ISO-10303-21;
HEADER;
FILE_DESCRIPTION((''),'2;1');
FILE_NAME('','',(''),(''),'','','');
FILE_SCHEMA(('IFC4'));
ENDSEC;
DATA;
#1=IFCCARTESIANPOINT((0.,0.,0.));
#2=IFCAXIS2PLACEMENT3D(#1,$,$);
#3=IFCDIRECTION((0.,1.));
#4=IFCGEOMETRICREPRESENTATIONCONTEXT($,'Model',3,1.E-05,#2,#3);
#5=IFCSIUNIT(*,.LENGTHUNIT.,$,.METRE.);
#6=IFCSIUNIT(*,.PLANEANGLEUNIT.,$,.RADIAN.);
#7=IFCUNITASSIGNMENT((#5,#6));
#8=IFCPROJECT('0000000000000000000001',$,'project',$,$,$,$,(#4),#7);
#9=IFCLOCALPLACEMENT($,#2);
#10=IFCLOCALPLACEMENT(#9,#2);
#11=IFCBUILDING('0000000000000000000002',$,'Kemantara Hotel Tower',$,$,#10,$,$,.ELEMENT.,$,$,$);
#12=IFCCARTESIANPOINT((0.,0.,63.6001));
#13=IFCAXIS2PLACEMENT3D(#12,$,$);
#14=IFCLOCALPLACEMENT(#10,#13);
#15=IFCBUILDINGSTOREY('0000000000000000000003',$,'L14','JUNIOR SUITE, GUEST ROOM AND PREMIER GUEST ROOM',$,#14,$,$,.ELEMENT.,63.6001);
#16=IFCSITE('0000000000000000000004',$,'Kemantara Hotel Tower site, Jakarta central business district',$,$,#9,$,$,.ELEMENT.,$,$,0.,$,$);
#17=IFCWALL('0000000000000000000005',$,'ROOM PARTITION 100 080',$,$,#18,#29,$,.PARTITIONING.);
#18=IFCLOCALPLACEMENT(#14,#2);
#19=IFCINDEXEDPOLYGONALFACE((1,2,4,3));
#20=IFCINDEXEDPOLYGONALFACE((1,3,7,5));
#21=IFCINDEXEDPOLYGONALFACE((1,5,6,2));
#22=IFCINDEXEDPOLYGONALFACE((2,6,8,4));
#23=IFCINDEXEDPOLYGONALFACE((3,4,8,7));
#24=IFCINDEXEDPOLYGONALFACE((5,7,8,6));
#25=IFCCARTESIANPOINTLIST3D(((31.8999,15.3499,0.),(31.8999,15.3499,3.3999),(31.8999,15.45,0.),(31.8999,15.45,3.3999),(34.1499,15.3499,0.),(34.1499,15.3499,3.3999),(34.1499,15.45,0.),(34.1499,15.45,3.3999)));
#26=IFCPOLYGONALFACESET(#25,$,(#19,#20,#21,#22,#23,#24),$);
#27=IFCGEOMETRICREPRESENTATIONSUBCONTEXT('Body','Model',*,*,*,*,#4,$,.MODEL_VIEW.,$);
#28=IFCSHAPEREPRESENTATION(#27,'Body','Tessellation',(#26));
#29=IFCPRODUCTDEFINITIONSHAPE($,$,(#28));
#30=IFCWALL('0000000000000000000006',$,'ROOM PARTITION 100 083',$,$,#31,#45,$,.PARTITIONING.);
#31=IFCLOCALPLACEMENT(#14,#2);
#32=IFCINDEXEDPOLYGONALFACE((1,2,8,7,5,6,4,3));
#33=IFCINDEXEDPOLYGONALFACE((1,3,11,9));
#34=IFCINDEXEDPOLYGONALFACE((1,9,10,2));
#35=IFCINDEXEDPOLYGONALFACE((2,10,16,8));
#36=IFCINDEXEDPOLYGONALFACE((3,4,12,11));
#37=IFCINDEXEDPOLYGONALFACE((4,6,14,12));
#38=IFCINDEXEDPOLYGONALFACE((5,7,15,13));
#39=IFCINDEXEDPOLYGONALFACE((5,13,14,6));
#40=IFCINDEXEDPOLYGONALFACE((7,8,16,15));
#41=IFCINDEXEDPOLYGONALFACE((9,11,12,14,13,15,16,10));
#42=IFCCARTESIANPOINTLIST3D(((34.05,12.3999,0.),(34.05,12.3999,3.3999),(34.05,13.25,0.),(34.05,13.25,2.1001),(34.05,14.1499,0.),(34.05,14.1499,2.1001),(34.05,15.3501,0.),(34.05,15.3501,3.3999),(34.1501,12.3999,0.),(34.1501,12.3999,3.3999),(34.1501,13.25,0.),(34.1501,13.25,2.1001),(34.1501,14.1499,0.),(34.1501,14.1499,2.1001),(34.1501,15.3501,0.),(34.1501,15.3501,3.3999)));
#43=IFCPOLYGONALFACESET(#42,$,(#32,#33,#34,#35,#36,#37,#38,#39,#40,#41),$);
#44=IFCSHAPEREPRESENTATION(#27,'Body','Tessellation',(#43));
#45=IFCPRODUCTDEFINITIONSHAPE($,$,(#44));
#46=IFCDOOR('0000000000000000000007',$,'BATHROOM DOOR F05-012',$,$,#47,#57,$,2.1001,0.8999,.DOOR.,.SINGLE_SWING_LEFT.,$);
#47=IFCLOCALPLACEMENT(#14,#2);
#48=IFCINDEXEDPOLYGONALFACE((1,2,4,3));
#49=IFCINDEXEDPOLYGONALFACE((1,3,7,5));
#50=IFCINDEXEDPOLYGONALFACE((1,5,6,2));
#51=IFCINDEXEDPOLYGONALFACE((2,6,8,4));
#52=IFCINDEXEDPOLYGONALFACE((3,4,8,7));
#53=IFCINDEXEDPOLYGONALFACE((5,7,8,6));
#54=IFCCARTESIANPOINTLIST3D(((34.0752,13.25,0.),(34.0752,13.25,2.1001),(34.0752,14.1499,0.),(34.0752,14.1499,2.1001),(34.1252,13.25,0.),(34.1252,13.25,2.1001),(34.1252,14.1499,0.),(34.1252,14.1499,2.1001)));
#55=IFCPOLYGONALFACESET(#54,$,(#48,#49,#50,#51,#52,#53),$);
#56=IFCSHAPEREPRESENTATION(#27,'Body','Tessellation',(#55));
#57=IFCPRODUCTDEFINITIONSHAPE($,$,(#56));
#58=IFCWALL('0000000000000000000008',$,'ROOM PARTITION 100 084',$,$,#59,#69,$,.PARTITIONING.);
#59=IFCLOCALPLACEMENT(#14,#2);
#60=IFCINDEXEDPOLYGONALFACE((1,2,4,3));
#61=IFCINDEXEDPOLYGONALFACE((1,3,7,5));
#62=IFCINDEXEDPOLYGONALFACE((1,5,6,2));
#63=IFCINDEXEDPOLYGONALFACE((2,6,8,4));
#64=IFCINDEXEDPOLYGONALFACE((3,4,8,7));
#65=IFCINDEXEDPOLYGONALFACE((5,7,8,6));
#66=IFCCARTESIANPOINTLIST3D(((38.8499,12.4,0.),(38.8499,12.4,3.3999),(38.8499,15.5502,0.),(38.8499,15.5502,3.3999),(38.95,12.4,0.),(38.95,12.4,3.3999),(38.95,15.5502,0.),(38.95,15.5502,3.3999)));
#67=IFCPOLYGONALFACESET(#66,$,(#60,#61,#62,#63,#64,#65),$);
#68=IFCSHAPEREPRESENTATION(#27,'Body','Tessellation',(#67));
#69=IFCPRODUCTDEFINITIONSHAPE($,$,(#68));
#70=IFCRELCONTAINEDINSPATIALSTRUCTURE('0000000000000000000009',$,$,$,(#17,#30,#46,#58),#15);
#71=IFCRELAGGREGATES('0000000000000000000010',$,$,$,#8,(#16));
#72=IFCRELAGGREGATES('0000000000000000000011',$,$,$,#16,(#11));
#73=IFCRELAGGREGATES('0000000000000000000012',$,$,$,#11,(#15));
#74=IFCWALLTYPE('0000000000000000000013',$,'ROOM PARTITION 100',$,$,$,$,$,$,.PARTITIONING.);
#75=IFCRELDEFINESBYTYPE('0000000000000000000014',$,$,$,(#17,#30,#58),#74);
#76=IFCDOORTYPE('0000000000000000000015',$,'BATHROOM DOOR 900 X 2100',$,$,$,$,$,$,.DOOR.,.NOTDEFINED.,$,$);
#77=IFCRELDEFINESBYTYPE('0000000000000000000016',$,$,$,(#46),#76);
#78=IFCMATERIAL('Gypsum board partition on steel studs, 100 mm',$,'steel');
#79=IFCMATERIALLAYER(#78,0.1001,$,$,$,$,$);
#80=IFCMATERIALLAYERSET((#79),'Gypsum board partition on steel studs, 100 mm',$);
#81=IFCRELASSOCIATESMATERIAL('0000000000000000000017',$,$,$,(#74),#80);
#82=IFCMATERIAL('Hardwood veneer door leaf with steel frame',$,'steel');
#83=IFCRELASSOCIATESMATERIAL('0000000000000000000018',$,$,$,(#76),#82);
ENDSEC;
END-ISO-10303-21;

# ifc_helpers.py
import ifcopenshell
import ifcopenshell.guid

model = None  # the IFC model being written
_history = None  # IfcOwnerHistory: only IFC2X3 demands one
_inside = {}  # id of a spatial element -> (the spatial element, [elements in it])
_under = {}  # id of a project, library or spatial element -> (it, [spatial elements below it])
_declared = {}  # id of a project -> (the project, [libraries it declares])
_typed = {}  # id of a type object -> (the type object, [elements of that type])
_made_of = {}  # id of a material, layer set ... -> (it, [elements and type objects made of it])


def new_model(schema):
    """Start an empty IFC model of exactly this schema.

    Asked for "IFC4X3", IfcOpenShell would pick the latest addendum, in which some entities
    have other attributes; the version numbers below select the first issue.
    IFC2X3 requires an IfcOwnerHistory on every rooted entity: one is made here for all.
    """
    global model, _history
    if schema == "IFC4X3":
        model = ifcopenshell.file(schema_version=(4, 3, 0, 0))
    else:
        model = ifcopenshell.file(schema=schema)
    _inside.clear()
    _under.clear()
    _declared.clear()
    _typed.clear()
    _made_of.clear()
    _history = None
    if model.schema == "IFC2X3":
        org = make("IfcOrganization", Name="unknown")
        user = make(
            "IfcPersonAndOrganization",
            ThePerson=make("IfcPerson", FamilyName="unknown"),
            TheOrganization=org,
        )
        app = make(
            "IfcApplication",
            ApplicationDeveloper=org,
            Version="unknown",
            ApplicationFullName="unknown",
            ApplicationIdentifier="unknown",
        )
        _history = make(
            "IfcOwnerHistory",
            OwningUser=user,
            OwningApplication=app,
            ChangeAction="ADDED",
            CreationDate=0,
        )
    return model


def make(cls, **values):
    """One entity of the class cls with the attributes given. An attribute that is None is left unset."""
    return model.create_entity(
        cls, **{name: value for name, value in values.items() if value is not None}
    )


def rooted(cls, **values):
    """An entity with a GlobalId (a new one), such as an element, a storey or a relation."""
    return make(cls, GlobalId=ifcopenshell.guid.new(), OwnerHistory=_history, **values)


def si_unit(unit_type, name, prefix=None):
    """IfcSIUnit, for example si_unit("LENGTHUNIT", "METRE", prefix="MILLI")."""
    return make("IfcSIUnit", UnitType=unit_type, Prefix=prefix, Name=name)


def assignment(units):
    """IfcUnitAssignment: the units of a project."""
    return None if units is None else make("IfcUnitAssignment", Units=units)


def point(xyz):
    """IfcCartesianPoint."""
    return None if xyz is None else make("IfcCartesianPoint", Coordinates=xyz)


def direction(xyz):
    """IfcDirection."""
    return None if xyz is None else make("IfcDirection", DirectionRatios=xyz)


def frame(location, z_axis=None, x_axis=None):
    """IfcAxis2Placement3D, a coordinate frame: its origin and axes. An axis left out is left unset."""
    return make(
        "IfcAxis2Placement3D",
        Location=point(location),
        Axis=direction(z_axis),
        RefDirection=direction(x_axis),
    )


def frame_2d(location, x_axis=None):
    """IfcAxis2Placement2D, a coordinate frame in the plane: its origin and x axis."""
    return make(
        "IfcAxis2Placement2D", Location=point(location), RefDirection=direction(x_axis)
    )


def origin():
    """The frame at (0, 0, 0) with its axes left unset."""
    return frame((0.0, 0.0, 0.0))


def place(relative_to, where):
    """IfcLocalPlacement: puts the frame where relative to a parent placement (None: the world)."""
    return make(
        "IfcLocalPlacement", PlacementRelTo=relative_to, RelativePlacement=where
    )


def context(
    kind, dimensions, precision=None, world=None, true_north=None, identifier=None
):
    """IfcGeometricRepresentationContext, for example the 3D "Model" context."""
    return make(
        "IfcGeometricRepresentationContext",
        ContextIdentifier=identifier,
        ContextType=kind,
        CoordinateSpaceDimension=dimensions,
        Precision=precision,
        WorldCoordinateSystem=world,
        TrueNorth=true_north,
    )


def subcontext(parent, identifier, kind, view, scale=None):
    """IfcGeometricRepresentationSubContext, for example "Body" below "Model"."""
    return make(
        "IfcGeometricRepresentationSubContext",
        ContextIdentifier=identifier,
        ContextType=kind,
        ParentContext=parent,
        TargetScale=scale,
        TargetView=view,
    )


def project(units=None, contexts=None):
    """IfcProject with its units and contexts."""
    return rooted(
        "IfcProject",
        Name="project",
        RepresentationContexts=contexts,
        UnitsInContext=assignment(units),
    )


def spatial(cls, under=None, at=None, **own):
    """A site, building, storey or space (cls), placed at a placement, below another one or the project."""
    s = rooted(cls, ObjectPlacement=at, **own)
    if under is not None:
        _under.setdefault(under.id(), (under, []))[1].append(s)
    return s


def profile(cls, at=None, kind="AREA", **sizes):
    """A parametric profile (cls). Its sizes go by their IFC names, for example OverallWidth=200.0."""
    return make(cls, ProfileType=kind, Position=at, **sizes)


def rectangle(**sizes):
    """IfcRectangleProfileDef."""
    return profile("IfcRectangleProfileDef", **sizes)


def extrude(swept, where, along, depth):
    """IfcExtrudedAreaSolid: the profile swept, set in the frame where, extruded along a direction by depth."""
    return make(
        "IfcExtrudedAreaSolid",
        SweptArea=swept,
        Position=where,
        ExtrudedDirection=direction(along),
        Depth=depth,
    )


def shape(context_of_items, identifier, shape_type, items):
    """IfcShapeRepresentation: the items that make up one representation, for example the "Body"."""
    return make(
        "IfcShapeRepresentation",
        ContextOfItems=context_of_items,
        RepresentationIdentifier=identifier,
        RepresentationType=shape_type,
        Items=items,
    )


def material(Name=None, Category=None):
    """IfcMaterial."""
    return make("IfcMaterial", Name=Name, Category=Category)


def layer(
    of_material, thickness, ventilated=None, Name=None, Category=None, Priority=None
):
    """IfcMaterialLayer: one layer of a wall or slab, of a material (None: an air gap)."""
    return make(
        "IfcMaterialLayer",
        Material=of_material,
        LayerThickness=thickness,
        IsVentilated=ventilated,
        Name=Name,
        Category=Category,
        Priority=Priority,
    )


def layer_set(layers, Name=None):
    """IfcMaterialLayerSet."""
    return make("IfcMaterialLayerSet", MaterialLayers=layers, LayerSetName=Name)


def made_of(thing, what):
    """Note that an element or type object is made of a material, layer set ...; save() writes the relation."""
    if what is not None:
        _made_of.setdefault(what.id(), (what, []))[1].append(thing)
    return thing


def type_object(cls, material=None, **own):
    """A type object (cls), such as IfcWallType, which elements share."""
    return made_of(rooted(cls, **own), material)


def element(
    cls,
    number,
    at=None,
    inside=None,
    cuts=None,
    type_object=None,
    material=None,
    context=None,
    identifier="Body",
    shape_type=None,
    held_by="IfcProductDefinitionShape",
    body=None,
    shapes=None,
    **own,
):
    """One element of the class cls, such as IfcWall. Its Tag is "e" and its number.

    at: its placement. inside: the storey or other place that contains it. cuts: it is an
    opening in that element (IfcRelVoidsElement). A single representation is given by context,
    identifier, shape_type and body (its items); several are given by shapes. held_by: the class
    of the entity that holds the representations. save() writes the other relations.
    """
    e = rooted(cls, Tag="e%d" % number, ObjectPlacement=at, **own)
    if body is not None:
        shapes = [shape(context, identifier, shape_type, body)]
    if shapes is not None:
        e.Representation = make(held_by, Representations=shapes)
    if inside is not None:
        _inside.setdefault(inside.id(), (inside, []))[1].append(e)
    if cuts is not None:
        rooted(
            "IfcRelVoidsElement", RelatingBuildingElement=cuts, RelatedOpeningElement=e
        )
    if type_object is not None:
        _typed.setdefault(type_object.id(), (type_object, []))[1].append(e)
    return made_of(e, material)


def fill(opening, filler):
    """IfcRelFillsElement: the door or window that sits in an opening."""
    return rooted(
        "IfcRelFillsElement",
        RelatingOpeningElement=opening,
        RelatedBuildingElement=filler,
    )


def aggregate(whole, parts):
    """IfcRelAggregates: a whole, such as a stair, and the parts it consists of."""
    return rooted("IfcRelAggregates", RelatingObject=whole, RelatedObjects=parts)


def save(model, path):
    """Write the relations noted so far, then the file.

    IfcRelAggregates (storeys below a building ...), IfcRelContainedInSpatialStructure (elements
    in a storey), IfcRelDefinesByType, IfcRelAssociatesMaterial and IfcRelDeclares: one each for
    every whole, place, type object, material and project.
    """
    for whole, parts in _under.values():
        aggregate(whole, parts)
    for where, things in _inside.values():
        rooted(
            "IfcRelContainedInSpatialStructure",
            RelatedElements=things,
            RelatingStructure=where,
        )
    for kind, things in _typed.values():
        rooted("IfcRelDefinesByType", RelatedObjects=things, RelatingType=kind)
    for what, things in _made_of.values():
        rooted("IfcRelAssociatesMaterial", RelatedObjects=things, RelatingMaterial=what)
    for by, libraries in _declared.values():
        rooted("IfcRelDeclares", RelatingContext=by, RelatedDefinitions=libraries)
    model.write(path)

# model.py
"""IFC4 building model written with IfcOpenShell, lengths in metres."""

from ifc_helpers import new_model, si_unit, direction, frame, frame_2d, origin, place, context, subcontext, project, spatial, rectangle, extrude, material, layer, layer_set, type_object, element, fill, save


model = new_model("IFC4")

# Units and contexts
model_context = context("Model", 3, precision=1e-05, world=origin(), true_north=direction((0.0, 1.0)))
body_context = subcontext(model_context, "Body", "Model", "MODEL_VIEW")
ifc_project = project(units=[si_unit("LENGTHUNIT", "METRE"), si_unit("PLANEANGLEUNIT", "RADIAN")], contexts=[model_context])

# Site, building, storey
site_placement = place(None, origin())
site = spatial("IfcSite", under=ifc_project, at=site_placement, Name="Kemantara Hotel Tower site, Jakarta central business district", CompositionType="ELEMENT", RefElevation=0.0)
building_placement = place(site_placement, origin())
building = spatial("IfcBuilding", under=site, at=building_placement, Name="Kemantara Hotel Tower", CompositionType="ELEMENT")
storey_placement = place(building_placement, frame((0.0, 0.0, 63.6001)))
storey = spatial("IfcBuildingStorey", under=building, at=storey_placement, Name="L14", Description="JUNIOR SUITE, GUEST ROOM AND PREMIER GUEST ROOM", CompositionType="ELEMENT", Elevation=63.6001)

# Shared definitions
ifc_material_1 = material(Name="Hardwood veneer door leaf with steel frame", Category="steel")

# Shared definitions
ifc_material_2 = material(Name="Gypsum board partition on steel studs, 100 mm", Category="steel")
ifc_layer_1 = layer(ifc_material_2, 0.1001)
ifc_layer_set_1 = layer_set([ifc_layer_1], Name="Gypsum board partition on steel studs, 100 mm")
wall_type_1 = type_object("IfcWallType", Name="ROOM PARTITION 100", PredefinedType="PARTITIONING", material=ifc_layer_set_1)

# Shared definitions
door_type_1 = type_object("IfcDoorType", Name="BATHROOM DOOR 900 X 2100", OperationType="NOTDEFINED", PredefinedType="DOOR", material=ifc_material_1)

# Wall
wall_1_placement = place(storey_placement, frame((31.8999, 15.3999, 0.0), z_axis=(0.0, 0.0, 1.0), x_axis=(1.0, 0.0, 0.0)))
element("IfcWall", 1, at=wall_1_placement, inside=storey, type_object=wall_type_1, Name="ROOM PARTITION 100 080", PredefinedType="PARTITIONING", context=body_context, shape_type="SweptSolid", body=[
    extrude(rectangle(XDim=2.25, YDim=0.1001, at=frame_2d((1.125, 0.0))), origin(), (0.0, 0.0, 1.0), 3.3999),
])

# Wall, opening, door
wall_2_placement = place(storey_placement, frame((34.1001, 12.3999, 0.0), z_axis=(0.0, 0.0, 1.0), x_axis=(0.0, 1.0, 0.0)))
wall_2 = element("IfcWall", 2, at=wall_2_placement, inside=storey, type_object=wall_type_1, Name="ROOM PARTITION 100 083", PredefinedType="PARTITIONING", context=body_context, shape_type="SweptSolid", body=[
    extrude(rectangle(XDim=2.9502, YDim=0.1001, at=frame_2d((1.4751, 0.0))), origin(), (0.0, 0.0, 1.0), 3.3999),
])
opening_1_placement = place(wall_2_placement, frame((0.8501, 0.0, 0.0)))
opening_1 = element("IfcOpeningElement", 3, at=opening_1_placement, cuts=wall_2, PredefinedType="OPENING", context=body_context, shape_type="SweptSolid", body=[
    extrude(rectangle(XDim=0.8999, YDim=2.1001, at=frame_2d((0.45, 1.05))), frame((0.0, 0.0601, 0.0), z_axis=(0.0, -1.0, 0.0), x_axis=(1.0, 0.0, 0.0)), (0.0, 0.0, 1.0), 0.1201),
])
door_1_placement = place(opening_1_placement, origin())
door_1 = element("IfcDoor", 4, at=door_1_placement, inside=storey, type_object=door_type_1, Name="BATHROOM DOOR F05-012", OperationType="SINGLE_SWING_LEFT", OverallHeight=2.1001, OverallWidth=0.8999, PredefinedType="DOOR", context=body_context, shape_type="SweptSolid", body=[
    extrude(rectangle(XDim=0.8999, YDim=2.1001, at=frame_2d((0.45, 1.05))), frame((0.0, 0.0249, 0.0), z_axis=(0.0, -1.0, 0.0), x_axis=(1.0, 0.0, 0.0)), (0.0, 0.0, 1.0), 0.05),
])
fill(opening_1, door_1)

# Wall
wall_3_placement = place(storey_placement, frame((38.8999, 12.3999, 0.0), z_axis=(0.0, 0.0, 1.0), x_axis=(0.0, 1.0, 0.0)))
element("IfcWall", 5, at=wall_3_placement, inside=storey, type_object=wall_type_1, Name="ROOM PARTITION 100 084", PredefinedType="PARTITIONING", context=body_context, shape_type="SweptSolid", body=[
    extrude(rectangle(XDim=3.1501, YDim=0.1001, at=frame_2d((1.5752, 0.0))), origin(), (0.0, 0.0, 1.0), 3.3999),
])

save(model, "model.ifc")
